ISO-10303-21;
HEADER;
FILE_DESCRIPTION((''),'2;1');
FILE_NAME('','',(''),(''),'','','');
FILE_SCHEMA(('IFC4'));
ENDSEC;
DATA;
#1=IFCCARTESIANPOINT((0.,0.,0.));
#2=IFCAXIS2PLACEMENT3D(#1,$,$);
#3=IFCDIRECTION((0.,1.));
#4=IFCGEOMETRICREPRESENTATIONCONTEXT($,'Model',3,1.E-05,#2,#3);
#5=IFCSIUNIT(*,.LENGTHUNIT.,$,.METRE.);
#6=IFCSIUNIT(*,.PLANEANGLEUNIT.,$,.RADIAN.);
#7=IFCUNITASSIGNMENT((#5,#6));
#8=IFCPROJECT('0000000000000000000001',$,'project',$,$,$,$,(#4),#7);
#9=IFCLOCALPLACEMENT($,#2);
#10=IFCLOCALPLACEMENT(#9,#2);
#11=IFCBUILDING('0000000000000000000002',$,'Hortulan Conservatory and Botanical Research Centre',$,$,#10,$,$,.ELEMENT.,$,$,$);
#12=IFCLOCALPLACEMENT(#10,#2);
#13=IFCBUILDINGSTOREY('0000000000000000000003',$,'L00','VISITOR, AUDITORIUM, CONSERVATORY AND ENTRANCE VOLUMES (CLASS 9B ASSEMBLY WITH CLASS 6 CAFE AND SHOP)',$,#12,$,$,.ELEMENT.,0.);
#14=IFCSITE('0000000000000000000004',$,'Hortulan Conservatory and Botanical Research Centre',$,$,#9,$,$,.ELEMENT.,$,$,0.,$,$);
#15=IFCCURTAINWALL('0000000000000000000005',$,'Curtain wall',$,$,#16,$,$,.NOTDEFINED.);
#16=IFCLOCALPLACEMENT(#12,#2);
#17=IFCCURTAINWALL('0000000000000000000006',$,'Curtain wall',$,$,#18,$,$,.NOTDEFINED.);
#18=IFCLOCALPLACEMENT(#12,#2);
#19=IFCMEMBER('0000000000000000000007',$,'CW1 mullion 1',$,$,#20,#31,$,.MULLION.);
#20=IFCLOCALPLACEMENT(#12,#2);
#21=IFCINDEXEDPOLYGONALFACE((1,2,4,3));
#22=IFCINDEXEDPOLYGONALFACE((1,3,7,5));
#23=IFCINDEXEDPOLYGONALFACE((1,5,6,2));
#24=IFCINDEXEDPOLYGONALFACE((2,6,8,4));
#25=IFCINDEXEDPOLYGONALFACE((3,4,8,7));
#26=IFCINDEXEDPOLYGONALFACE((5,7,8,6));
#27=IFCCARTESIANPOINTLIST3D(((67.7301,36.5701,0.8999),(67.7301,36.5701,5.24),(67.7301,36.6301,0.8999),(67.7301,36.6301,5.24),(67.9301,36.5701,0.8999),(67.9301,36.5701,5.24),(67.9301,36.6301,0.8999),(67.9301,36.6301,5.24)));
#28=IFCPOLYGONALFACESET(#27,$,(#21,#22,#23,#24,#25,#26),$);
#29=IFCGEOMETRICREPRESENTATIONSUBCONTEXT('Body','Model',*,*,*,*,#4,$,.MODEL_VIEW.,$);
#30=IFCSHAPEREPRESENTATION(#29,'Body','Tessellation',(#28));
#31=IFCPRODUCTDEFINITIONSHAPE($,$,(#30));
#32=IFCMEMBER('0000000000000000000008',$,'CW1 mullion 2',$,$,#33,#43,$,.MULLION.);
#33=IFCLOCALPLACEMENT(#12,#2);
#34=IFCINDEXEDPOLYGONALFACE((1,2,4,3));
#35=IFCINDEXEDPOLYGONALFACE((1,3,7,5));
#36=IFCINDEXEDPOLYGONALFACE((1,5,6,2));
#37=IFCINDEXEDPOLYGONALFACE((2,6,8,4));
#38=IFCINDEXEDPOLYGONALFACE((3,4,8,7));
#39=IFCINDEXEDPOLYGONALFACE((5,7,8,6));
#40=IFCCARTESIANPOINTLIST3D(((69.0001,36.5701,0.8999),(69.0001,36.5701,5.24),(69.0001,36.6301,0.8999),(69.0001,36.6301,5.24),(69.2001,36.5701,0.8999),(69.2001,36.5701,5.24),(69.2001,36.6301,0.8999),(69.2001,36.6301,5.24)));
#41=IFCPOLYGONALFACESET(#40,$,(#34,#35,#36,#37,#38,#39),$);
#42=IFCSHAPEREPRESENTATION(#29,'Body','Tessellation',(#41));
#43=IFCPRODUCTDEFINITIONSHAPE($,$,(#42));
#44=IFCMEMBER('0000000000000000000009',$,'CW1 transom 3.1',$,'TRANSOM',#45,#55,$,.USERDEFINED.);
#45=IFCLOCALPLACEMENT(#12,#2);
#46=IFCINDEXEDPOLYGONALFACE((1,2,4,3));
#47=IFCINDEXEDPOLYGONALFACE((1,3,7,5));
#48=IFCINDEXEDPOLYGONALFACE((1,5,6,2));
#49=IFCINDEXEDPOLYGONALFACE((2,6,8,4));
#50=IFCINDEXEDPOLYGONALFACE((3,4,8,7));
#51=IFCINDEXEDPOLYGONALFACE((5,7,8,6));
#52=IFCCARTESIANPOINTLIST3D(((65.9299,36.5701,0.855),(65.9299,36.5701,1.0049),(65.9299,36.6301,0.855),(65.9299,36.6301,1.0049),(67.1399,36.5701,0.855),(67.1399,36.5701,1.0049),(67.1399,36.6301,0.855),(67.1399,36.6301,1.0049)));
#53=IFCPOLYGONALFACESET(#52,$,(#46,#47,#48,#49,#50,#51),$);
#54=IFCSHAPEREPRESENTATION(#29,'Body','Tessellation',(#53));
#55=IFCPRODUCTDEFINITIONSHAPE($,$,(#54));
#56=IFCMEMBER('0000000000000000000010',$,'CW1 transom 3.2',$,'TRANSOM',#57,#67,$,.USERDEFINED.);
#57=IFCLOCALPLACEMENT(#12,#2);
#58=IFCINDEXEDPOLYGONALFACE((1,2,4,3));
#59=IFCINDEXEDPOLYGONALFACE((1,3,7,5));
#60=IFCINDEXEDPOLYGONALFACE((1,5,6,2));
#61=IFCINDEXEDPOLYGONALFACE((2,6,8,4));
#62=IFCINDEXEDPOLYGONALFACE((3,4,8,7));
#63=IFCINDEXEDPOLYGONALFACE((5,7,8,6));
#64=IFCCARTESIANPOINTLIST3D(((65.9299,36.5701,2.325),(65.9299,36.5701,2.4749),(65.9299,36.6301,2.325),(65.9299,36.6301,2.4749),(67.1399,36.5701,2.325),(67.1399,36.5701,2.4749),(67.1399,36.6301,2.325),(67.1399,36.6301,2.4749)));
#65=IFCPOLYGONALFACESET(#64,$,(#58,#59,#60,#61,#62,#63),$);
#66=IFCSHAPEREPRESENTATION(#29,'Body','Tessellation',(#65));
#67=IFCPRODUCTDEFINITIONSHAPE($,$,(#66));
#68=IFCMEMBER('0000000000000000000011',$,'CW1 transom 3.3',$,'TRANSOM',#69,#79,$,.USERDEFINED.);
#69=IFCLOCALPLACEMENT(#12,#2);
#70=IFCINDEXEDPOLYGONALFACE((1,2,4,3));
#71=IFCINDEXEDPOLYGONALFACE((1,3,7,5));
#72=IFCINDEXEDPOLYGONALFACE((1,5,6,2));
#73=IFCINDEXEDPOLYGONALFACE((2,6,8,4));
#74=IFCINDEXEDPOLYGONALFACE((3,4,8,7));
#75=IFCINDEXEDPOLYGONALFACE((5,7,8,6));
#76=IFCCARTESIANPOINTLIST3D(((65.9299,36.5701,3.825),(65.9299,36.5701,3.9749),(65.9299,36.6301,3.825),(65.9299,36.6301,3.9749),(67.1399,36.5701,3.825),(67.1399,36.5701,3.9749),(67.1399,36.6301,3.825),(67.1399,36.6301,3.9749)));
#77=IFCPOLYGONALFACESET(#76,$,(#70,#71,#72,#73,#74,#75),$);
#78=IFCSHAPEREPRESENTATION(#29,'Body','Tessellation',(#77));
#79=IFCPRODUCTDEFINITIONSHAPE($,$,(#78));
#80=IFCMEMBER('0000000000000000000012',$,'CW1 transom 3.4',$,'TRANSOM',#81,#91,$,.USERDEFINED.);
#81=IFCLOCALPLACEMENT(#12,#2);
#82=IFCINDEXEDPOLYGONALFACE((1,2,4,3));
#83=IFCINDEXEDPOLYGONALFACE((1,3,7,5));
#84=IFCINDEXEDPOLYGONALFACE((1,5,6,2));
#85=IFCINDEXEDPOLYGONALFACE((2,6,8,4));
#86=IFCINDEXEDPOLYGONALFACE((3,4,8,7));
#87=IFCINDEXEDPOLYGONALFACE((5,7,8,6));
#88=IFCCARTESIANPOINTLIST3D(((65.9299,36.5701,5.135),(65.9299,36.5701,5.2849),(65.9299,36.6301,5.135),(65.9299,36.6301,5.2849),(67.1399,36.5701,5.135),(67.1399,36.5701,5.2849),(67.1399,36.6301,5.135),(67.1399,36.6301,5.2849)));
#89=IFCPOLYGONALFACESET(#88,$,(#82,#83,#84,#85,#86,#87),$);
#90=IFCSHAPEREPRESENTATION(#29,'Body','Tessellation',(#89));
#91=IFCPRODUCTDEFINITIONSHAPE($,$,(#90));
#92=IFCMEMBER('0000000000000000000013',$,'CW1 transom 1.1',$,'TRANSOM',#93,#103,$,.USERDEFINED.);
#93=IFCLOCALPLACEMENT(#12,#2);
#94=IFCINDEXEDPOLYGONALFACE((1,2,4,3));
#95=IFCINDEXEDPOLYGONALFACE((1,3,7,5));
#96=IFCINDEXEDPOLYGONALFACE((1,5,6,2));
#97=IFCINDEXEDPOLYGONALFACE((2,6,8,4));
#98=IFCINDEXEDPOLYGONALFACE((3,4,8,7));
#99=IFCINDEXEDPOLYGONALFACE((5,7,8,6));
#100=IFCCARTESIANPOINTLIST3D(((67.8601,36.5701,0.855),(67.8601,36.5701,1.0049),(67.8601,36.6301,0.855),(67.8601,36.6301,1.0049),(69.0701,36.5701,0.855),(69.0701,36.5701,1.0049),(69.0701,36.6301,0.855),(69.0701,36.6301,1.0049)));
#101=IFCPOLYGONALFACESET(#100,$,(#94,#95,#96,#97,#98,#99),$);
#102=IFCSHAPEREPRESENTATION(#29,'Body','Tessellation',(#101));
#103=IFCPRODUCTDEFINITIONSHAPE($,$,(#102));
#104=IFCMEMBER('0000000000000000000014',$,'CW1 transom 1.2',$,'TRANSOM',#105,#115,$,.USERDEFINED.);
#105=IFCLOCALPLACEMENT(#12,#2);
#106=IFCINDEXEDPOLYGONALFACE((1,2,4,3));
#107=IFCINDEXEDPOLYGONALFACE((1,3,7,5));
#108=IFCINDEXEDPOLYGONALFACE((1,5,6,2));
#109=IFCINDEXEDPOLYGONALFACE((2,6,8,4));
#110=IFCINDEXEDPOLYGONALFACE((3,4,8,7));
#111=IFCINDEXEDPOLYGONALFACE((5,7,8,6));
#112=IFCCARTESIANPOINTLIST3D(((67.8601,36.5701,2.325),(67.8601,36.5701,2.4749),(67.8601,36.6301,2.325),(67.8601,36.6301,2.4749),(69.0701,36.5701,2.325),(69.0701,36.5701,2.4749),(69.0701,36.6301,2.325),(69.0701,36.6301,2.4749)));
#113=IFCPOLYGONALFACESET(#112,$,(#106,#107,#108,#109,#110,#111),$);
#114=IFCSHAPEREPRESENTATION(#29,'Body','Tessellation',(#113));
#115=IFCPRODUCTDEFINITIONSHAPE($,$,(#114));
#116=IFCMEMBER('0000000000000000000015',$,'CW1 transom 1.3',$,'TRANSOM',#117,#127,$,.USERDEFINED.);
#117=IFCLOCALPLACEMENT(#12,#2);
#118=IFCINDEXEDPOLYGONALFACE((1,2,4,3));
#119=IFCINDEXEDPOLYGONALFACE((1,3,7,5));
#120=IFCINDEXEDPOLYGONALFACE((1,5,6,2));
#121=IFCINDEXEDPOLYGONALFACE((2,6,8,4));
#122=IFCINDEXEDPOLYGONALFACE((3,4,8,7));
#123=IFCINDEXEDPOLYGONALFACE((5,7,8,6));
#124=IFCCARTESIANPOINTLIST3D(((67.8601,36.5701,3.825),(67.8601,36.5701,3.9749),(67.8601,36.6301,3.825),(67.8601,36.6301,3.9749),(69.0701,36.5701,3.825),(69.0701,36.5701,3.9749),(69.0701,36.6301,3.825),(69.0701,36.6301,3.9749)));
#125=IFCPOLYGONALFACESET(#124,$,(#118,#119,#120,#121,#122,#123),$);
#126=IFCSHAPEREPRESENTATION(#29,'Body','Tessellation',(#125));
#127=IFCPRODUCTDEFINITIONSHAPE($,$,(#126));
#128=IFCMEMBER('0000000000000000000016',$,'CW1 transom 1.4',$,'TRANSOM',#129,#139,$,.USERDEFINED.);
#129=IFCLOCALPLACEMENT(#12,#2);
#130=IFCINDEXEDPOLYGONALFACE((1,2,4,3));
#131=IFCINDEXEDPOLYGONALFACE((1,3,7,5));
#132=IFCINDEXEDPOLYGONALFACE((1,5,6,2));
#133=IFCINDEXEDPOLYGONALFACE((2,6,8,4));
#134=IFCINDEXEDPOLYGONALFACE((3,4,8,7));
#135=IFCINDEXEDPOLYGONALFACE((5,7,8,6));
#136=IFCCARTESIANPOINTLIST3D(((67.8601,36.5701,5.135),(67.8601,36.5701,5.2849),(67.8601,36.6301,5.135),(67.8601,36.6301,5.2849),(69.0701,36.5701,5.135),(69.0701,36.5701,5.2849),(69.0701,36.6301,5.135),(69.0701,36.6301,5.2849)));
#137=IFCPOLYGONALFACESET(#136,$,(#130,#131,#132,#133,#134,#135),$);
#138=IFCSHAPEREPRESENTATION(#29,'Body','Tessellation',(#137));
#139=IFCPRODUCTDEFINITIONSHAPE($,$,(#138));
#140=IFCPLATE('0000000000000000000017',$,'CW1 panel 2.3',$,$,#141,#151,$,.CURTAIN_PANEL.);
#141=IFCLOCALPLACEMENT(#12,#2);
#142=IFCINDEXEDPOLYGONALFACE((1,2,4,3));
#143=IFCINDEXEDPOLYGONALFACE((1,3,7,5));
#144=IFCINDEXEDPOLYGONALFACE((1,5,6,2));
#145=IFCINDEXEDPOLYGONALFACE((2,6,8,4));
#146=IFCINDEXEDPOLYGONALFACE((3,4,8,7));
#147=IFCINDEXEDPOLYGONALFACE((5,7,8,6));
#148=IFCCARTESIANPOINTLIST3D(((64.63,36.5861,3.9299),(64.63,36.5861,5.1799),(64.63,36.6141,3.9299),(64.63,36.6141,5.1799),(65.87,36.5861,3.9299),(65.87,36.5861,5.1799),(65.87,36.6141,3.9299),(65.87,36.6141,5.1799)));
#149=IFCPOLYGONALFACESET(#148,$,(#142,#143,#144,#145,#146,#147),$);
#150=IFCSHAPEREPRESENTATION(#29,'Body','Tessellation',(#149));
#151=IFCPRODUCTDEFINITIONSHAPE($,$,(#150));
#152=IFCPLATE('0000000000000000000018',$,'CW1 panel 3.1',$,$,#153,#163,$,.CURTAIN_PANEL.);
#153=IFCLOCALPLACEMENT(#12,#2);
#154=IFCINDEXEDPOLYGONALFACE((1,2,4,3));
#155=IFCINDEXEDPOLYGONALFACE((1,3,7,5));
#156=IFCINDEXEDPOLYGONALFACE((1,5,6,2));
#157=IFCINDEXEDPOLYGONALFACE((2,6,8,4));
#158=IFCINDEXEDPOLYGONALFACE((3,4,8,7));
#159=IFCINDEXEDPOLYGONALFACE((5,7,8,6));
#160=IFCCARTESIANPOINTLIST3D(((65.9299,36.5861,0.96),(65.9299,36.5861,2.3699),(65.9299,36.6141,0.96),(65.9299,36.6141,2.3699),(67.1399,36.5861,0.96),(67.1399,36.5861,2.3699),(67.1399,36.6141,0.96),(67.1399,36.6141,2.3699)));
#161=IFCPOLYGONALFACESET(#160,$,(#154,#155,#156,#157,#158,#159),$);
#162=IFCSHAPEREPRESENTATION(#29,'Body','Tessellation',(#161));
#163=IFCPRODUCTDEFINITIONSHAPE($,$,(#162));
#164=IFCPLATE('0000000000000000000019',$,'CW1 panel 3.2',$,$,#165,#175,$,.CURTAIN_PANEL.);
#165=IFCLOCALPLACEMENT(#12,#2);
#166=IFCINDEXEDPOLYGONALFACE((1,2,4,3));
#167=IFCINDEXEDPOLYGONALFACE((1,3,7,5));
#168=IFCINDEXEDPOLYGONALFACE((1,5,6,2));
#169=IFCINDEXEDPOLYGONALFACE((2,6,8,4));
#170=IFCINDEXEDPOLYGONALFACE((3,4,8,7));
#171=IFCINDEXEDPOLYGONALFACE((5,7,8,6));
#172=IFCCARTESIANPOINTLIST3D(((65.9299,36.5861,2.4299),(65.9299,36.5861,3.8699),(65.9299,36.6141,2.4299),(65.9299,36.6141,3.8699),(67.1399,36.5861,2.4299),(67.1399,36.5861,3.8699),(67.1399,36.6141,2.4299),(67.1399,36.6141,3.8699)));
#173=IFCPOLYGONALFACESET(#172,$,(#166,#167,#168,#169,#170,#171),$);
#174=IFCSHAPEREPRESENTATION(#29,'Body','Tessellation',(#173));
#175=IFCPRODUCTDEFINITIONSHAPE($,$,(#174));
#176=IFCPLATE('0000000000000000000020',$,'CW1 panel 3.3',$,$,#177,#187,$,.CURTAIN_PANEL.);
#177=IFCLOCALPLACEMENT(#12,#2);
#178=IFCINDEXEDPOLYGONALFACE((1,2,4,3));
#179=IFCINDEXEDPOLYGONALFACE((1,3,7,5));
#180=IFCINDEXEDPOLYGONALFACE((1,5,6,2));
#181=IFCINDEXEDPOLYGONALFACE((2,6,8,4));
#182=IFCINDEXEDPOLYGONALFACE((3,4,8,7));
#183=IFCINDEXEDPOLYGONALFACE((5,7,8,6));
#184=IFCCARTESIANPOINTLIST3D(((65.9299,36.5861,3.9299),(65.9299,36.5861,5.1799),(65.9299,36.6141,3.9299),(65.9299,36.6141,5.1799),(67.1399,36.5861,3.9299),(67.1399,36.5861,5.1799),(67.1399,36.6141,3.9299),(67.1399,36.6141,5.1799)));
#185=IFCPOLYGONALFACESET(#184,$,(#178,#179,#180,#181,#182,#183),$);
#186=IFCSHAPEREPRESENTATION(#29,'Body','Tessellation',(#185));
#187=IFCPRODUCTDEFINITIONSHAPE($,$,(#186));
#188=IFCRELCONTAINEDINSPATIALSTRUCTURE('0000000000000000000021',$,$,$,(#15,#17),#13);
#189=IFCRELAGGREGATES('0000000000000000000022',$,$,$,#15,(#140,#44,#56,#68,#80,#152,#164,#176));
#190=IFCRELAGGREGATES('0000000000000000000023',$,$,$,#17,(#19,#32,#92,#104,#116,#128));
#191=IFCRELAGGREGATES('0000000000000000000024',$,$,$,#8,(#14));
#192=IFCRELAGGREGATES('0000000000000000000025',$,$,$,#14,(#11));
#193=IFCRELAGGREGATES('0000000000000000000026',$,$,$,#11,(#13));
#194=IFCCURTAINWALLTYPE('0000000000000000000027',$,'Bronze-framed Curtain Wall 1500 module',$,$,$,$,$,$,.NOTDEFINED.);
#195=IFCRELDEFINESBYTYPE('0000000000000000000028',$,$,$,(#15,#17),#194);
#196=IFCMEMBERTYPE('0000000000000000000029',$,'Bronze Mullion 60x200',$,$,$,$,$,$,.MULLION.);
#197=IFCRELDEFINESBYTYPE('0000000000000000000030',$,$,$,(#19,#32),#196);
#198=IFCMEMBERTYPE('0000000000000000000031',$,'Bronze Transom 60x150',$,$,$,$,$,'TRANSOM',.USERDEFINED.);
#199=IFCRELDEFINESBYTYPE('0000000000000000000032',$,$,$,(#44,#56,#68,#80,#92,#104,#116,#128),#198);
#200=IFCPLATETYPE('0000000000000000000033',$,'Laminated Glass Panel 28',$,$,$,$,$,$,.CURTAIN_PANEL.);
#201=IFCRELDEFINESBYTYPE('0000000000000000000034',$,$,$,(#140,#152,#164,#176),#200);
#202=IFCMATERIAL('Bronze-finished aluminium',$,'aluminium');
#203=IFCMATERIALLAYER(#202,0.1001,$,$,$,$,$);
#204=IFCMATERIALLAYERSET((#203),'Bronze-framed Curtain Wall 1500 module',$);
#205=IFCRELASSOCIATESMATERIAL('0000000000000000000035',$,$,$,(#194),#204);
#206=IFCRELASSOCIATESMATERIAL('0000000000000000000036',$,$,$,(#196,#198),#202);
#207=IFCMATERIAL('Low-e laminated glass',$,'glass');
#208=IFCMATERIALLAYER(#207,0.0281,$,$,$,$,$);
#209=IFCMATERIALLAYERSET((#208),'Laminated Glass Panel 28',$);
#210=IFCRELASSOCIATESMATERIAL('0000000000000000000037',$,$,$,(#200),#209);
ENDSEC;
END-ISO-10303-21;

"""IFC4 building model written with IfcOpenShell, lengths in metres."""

from ifc_helpers import new_model, si_unit, direction, frame, origin, origin_2d, place, context, subcontext, project, spatial, rectangle, extrude, material, layer, layer_set, material_profile, profile_set, type_object, element, aggregate, save


model = new_model("IFC4")

# Units and contexts
model_context = context("Model", 3, precision=1e-05, world=origin(), true_north=direction((0.0, 1.0)))
body_context = subcontext(model_context, "Body", "Model", "MODEL_VIEW")
ifc_project = project(units=[si_unit("LENGTHUNIT", "METRE"), si_unit("PLANEANGLEUNIT", "RADIAN")], contexts=[model_context])

# Site, building, storey
site_placement = place(None, origin())
site = spatial("IfcSite", under=ifc_project, at=site_placement, Name="Hortulan Conservatory and Botanical Research Centre", CompositionType="ELEMENT", RefElevation=0.0)
building_placement = place(site_placement, origin())
building = spatial("IfcBuilding", under=site, at=building_placement, Name="Hortulan Conservatory and Botanical Research Centre", CompositionType="ELEMENT")
storey_placement = place(building_placement, origin())
storey = spatial("IfcBuildingStorey", under=building, at=storey_placement, Name="L00", Description="VISITOR, AUDITORIUM, CONSERVATORY AND ENTRANCE VOLUMES (CLASS 9B ASSEMBLY WITH CLASS 6 CAFE AND SHOP)", CompositionType="ELEMENT", Elevation=0.0)

# Curtain walls, members
ifc_material_1 = material(Name="Bronze-finished aluminium", Category="aluminium")
ifc_layer_1 = layer(ifc_material_1, 0.1001)
ifc_layer_set_1 = layer_set([ifc_layer_1], Name="Bronze-framed Curtain Wall 1500 module")
curtain_wall_type = type_object("IfcCurtainWallType", Name="Bronze-framed Curtain Wall 1500 module", PredefinedType="NOTDEFINED", material=ifc_layer_set_1)
curtain_wall_1_placement = place(storey_placement, origin())
curtain_wall_1 = element("IfcCurtainWall", 1, at=curtain_wall_1_placement, inside=storey, type_object=curtain_wall_type, Name="Curtain wall", PredefinedType="NOTDEFINED")
ifc_material_profile_1 = material_profile(ifc_material_1, rectangle(XDim=0.0601, YDim=0.2, at=origin_2d()), Name="Bronze Mullion 60x200")
ifc_profile_set_1 = profile_set([ifc_material_profile_1], Name="Bronze-finished aluminium")
member_type_1 = type_object("IfcMemberType", Name="Bronze Mullion 60x200", PredefinedType="MULLION", material=ifc_profile_set_1)
curtain_wall_2_placement = place(storey_placement, origin())
curtain_wall_2 = element("IfcCurtainWall", 2, at=curtain_wall_2_placement, inside=storey, type_object=curtain_wall_type, Name="Curtain wall", PredefinedType="NOTDEFINED")
member_1_placement = place(storey_placement, frame((67.8301, 36.6001, 0.8999), z_axis=(0.0, 0.0, 1.0), x_axis=(0.0, 1.0, 0.0)))
member_1 = element("IfcMember", 3, at=member_1_placement, type_object=member_type_1, Name="CW1 mullion 1", PredefinedType="MULLION", context=body_context, shape_type="SweptSolid", body=[
    extrude(rectangle(XDim=0.0601, YDim=0.2, at=origin_2d()), origin(), (0.0, 0.0, 1.0), 4.3401),
])
member_2_placement = place(storey_placement, frame((69.1001, 36.6001, 0.8999), z_axis=(0.0, 0.0, 1.0), x_axis=(0.0, 1.0, 0.0)))
member_2 = element("IfcMember", 4, at=member_2_placement, type_object=member_type_1, Name="CW1 mullion 2", PredefinedType="MULLION", context=body_context, shape_type="SweptSolid", body=[
    extrude(rectangle(XDim=0.0601, YDim=0.2, at=origin_2d()), origin(), (0.0, 0.0, 1.0), 4.3401),
])

# Members
ifc_material_profile_2 = material_profile(ifc_material_1, rectangle(XDim=0.0601, YDim=0.1499, at=origin_2d()), Name="Bronze Transom 60x150")
ifc_profile_set_2 = profile_set([ifc_material_profile_2], Name="Bronze-finished aluminium")
member_type_2 = type_object("IfcMemberType", Name="Bronze Transom 60x150", ElementType="TRANSOM", PredefinedType="USERDEFINED", material=ifc_profile_set_2)
member_3_placement = place(storey_placement, frame((65.9299, 36.6001, 0.9299), z_axis=(1.0, 0.0, 0.0), x_axis=(0.0, 1.0, 0.0)))
member_3 = element("IfcMember", 5, at=member_3_placement, type_object=member_type_2, Name="CW1 transom 3.1", ObjectType="TRANSOM", PredefinedType="USERDEFINED", context=body_context, shape_type="SweptSolid", body=[
    extrude(rectangle(XDim=0.0601, YDim=0.1499, at=origin_2d()), origin(), (0.0, 0.0, 1.0), 1.21),
])
member_4_placement = place(storey_placement, frame((65.9299, 36.6001, 2.3999), z_axis=(1.0, 0.0, 0.0), x_axis=(0.0, 1.0, 0.0)))
member_4 = element("IfcMember", 6, at=member_4_placement, type_object=member_type_2, Name="CW1 transom 3.2", ObjectType="TRANSOM", PredefinedType="USERDEFINED", context=body_context, shape_type="SweptSolid", body=[
    extrude(rectangle(XDim=0.0601, YDim=0.1499, at=origin_2d()), origin(), (0.0, 0.0, 1.0), 1.21),
])
member_5_placement = place(storey_placement, frame((65.9299, 36.6001, 3.8999), z_axis=(1.0, 0.0, 0.0), x_axis=(0.0, 1.0, 0.0)))
member_5 = element("IfcMember", 7, at=member_5_placement, type_object=member_type_2, Name="CW1 transom 3.3", ObjectType="TRANSOM", PredefinedType="USERDEFINED", context=body_context, shape_type="SweptSolid", body=[
    extrude(rectangle(XDim=0.0601, YDim=0.1499, at=origin_2d()), origin(), (0.0, 0.0, 1.0), 1.21),
])
member_6_placement = place(storey_placement, frame((65.9299, 36.6001, 5.21), z_axis=(1.0, 0.0, 0.0), x_axis=(0.0, 1.0, 0.0)))
member_6 = element("IfcMember", 8, at=member_6_placement, type_object=member_type_2, Name="CW1 transom 3.4", ObjectType="TRANSOM", PredefinedType="USERDEFINED", context=body_context, shape_type="SweptSolid", body=[
    extrude(rectangle(XDim=0.0601, YDim=0.1499, at=origin_2d()), origin(), (0.0, 0.0, 1.0), 1.21),
])
member_7_placement = place(storey_placement, frame((67.8601, 36.6001, 0.9299), z_axis=(1.0, 0.0, 0.0), x_axis=(0.0, 1.0, 0.0)))
member_7 = element("IfcMember", 9, at=member_7_placement, type_object=member_type_2, Name="CW1 transom 1.1", ObjectType="TRANSOM", PredefinedType="USERDEFINED", context=body_context, shape_type="SweptSolid", body=[
    extrude(rectangle(XDim=0.0601, YDim=0.1499, at=origin_2d()), origin(), (0.0, 0.0, 1.0), 1.21),
])
member_8_placement = place(storey_placement, frame((67.8601, 36.6001, 2.3999), z_axis=(1.0, 0.0, 0.0), x_axis=(0.0, 1.0, 0.0)))
member_8 = element("IfcMember", 10, at=member_8_placement, type_object=member_type_2, Name="CW1 transom 1.2", ObjectType="TRANSOM", PredefinedType="USERDEFINED", context=body_context, shape_type="SweptSolid", body=[
    extrude(rectangle(XDim=0.0601, YDim=0.1499, at=origin_2d()), origin(), (0.0, 0.0, 1.0), 1.21),
])
member_9_placement = place(storey_placement, frame((67.8601, 36.6001, 3.8999), z_axis=(1.0, 0.0, 0.0), x_axis=(0.0, 1.0, 0.0)))
member_9 = element("IfcMember", 11, at=member_9_placement, type_object=member_type_2, Name="CW1 transom 1.3", ObjectType="TRANSOM", PredefinedType="USERDEFINED", context=body_context, shape_type="SweptSolid", body=[
    extrude(rectangle(XDim=0.0601, YDim=0.1499, at=origin_2d()), origin(), (0.0, 0.0, 1.0), 1.21),
])
member_10_placement = place(storey_placement, frame((67.8601, 36.6001, 5.21), z_axis=(1.0, 0.0, 0.0), x_axis=(0.0, 1.0, 0.0)))
member_10 = element("IfcMember", 12, at=member_10_placement, type_object=member_type_2, Name="CW1 transom 1.4", ObjectType="TRANSOM", PredefinedType="USERDEFINED", context=body_context, shape_type="SweptSolid", body=[
    extrude(rectangle(XDim=0.0601, YDim=0.1499, at=origin_2d()), origin(), (0.0, 0.0, 1.0), 1.21),
])

# Plates
ifc_material_2 = material(Name="Low-e laminated glass", Category="glass")
ifc_layer_2 = layer(ifc_material_2, 0.0281)
ifc_layer_set_2 = layer_set([ifc_layer_2], Name="Laminated Glass Panel 28")
plate_type = type_object("IfcPlateType", Name="Laminated Glass Panel 28", PredefinedType="CURTAIN_PANEL", material=ifc_layer_set_2)
plate_1_placement = place(storey_placement, frame((65.25, 36.6001, 3.9299), z_axis=(0.0, 0.0, 1.0), x_axis=(1.0, 0.0, 0.0)))
plate_1 = element("IfcPlate", 13, at=plate_1_placement, type_object=plate_type, Name="CW1 panel 2.3", PredefinedType="CURTAIN_PANEL", context=body_context, shape_type="SweptSolid", body=[
    extrude(rectangle(XDim=1.24, YDim=0.0281, at=origin_2d()), origin(), (0.0, 0.0, 1.0), 1.25),
])
plate_2_placement = place(storey_placement, frame((66.5349, 36.6001, 0.96), z_axis=(0.0, 0.0, 1.0), x_axis=(1.0, 0.0, 0.0)))
plate_2 = element("IfcPlate", 14, at=plate_2_placement, type_object=plate_type, Name="CW1 panel 3.1", PredefinedType="CURTAIN_PANEL", context=body_context, shape_type="SweptSolid", body=[
    extrude(rectangle(XDim=1.21, YDim=0.0281, at=origin_2d()), origin(), (0.0, 0.0, 1.0), 1.4099),
])
plate_3_placement = place(storey_placement, frame((66.5349, 36.6001, 2.4299), z_axis=(0.0, 0.0, 1.0), x_axis=(1.0, 0.0, 0.0)))
plate_3 = element("IfcPlate", 15, at=plate_3_placement, type_object=plate_type, Name="CW1 panel 3.2", PredefinedType="CURTAIN_PANEL", context=body_context, shape_type="SweptSolid", body=[
    extrude(rectangle(XDim=1.21, YDim=0.0281, at=origin_2d()), origin(), (0.0, 0.0, 1.0), 1.4399),
])
plate_4_placement = place(storey_placement, frame((66.5349, 36.6001, 3.9299), z_axis=(0.0, 0.0, 1.0), x_axis=(1.0, 0.0, 0.0)))
plate_4 = element("IfcPlate", 16, at=plate_4_placement, type_object=plate_type, Name="CW1 panel 3.3", PredefinedType="CURTAIN_PANEL", context=body_context, shape_type="SweptSolid", body=[
    extrude(rectangle(XDim=1.21, YDim=0.0281, at=origin_2d()), origin(), (0.0, 0.0, 1.0), 1.25),
])
aggregate(curtain_wall_1, [plate_1, member_3, member_4, member_5, member_6, plate_2, plate_3, plate_4])
aggregate(curtain_wall_2, [member_1, member_2, member_7, member_8, member_9, member_10])

save(model, "model.ifc")
